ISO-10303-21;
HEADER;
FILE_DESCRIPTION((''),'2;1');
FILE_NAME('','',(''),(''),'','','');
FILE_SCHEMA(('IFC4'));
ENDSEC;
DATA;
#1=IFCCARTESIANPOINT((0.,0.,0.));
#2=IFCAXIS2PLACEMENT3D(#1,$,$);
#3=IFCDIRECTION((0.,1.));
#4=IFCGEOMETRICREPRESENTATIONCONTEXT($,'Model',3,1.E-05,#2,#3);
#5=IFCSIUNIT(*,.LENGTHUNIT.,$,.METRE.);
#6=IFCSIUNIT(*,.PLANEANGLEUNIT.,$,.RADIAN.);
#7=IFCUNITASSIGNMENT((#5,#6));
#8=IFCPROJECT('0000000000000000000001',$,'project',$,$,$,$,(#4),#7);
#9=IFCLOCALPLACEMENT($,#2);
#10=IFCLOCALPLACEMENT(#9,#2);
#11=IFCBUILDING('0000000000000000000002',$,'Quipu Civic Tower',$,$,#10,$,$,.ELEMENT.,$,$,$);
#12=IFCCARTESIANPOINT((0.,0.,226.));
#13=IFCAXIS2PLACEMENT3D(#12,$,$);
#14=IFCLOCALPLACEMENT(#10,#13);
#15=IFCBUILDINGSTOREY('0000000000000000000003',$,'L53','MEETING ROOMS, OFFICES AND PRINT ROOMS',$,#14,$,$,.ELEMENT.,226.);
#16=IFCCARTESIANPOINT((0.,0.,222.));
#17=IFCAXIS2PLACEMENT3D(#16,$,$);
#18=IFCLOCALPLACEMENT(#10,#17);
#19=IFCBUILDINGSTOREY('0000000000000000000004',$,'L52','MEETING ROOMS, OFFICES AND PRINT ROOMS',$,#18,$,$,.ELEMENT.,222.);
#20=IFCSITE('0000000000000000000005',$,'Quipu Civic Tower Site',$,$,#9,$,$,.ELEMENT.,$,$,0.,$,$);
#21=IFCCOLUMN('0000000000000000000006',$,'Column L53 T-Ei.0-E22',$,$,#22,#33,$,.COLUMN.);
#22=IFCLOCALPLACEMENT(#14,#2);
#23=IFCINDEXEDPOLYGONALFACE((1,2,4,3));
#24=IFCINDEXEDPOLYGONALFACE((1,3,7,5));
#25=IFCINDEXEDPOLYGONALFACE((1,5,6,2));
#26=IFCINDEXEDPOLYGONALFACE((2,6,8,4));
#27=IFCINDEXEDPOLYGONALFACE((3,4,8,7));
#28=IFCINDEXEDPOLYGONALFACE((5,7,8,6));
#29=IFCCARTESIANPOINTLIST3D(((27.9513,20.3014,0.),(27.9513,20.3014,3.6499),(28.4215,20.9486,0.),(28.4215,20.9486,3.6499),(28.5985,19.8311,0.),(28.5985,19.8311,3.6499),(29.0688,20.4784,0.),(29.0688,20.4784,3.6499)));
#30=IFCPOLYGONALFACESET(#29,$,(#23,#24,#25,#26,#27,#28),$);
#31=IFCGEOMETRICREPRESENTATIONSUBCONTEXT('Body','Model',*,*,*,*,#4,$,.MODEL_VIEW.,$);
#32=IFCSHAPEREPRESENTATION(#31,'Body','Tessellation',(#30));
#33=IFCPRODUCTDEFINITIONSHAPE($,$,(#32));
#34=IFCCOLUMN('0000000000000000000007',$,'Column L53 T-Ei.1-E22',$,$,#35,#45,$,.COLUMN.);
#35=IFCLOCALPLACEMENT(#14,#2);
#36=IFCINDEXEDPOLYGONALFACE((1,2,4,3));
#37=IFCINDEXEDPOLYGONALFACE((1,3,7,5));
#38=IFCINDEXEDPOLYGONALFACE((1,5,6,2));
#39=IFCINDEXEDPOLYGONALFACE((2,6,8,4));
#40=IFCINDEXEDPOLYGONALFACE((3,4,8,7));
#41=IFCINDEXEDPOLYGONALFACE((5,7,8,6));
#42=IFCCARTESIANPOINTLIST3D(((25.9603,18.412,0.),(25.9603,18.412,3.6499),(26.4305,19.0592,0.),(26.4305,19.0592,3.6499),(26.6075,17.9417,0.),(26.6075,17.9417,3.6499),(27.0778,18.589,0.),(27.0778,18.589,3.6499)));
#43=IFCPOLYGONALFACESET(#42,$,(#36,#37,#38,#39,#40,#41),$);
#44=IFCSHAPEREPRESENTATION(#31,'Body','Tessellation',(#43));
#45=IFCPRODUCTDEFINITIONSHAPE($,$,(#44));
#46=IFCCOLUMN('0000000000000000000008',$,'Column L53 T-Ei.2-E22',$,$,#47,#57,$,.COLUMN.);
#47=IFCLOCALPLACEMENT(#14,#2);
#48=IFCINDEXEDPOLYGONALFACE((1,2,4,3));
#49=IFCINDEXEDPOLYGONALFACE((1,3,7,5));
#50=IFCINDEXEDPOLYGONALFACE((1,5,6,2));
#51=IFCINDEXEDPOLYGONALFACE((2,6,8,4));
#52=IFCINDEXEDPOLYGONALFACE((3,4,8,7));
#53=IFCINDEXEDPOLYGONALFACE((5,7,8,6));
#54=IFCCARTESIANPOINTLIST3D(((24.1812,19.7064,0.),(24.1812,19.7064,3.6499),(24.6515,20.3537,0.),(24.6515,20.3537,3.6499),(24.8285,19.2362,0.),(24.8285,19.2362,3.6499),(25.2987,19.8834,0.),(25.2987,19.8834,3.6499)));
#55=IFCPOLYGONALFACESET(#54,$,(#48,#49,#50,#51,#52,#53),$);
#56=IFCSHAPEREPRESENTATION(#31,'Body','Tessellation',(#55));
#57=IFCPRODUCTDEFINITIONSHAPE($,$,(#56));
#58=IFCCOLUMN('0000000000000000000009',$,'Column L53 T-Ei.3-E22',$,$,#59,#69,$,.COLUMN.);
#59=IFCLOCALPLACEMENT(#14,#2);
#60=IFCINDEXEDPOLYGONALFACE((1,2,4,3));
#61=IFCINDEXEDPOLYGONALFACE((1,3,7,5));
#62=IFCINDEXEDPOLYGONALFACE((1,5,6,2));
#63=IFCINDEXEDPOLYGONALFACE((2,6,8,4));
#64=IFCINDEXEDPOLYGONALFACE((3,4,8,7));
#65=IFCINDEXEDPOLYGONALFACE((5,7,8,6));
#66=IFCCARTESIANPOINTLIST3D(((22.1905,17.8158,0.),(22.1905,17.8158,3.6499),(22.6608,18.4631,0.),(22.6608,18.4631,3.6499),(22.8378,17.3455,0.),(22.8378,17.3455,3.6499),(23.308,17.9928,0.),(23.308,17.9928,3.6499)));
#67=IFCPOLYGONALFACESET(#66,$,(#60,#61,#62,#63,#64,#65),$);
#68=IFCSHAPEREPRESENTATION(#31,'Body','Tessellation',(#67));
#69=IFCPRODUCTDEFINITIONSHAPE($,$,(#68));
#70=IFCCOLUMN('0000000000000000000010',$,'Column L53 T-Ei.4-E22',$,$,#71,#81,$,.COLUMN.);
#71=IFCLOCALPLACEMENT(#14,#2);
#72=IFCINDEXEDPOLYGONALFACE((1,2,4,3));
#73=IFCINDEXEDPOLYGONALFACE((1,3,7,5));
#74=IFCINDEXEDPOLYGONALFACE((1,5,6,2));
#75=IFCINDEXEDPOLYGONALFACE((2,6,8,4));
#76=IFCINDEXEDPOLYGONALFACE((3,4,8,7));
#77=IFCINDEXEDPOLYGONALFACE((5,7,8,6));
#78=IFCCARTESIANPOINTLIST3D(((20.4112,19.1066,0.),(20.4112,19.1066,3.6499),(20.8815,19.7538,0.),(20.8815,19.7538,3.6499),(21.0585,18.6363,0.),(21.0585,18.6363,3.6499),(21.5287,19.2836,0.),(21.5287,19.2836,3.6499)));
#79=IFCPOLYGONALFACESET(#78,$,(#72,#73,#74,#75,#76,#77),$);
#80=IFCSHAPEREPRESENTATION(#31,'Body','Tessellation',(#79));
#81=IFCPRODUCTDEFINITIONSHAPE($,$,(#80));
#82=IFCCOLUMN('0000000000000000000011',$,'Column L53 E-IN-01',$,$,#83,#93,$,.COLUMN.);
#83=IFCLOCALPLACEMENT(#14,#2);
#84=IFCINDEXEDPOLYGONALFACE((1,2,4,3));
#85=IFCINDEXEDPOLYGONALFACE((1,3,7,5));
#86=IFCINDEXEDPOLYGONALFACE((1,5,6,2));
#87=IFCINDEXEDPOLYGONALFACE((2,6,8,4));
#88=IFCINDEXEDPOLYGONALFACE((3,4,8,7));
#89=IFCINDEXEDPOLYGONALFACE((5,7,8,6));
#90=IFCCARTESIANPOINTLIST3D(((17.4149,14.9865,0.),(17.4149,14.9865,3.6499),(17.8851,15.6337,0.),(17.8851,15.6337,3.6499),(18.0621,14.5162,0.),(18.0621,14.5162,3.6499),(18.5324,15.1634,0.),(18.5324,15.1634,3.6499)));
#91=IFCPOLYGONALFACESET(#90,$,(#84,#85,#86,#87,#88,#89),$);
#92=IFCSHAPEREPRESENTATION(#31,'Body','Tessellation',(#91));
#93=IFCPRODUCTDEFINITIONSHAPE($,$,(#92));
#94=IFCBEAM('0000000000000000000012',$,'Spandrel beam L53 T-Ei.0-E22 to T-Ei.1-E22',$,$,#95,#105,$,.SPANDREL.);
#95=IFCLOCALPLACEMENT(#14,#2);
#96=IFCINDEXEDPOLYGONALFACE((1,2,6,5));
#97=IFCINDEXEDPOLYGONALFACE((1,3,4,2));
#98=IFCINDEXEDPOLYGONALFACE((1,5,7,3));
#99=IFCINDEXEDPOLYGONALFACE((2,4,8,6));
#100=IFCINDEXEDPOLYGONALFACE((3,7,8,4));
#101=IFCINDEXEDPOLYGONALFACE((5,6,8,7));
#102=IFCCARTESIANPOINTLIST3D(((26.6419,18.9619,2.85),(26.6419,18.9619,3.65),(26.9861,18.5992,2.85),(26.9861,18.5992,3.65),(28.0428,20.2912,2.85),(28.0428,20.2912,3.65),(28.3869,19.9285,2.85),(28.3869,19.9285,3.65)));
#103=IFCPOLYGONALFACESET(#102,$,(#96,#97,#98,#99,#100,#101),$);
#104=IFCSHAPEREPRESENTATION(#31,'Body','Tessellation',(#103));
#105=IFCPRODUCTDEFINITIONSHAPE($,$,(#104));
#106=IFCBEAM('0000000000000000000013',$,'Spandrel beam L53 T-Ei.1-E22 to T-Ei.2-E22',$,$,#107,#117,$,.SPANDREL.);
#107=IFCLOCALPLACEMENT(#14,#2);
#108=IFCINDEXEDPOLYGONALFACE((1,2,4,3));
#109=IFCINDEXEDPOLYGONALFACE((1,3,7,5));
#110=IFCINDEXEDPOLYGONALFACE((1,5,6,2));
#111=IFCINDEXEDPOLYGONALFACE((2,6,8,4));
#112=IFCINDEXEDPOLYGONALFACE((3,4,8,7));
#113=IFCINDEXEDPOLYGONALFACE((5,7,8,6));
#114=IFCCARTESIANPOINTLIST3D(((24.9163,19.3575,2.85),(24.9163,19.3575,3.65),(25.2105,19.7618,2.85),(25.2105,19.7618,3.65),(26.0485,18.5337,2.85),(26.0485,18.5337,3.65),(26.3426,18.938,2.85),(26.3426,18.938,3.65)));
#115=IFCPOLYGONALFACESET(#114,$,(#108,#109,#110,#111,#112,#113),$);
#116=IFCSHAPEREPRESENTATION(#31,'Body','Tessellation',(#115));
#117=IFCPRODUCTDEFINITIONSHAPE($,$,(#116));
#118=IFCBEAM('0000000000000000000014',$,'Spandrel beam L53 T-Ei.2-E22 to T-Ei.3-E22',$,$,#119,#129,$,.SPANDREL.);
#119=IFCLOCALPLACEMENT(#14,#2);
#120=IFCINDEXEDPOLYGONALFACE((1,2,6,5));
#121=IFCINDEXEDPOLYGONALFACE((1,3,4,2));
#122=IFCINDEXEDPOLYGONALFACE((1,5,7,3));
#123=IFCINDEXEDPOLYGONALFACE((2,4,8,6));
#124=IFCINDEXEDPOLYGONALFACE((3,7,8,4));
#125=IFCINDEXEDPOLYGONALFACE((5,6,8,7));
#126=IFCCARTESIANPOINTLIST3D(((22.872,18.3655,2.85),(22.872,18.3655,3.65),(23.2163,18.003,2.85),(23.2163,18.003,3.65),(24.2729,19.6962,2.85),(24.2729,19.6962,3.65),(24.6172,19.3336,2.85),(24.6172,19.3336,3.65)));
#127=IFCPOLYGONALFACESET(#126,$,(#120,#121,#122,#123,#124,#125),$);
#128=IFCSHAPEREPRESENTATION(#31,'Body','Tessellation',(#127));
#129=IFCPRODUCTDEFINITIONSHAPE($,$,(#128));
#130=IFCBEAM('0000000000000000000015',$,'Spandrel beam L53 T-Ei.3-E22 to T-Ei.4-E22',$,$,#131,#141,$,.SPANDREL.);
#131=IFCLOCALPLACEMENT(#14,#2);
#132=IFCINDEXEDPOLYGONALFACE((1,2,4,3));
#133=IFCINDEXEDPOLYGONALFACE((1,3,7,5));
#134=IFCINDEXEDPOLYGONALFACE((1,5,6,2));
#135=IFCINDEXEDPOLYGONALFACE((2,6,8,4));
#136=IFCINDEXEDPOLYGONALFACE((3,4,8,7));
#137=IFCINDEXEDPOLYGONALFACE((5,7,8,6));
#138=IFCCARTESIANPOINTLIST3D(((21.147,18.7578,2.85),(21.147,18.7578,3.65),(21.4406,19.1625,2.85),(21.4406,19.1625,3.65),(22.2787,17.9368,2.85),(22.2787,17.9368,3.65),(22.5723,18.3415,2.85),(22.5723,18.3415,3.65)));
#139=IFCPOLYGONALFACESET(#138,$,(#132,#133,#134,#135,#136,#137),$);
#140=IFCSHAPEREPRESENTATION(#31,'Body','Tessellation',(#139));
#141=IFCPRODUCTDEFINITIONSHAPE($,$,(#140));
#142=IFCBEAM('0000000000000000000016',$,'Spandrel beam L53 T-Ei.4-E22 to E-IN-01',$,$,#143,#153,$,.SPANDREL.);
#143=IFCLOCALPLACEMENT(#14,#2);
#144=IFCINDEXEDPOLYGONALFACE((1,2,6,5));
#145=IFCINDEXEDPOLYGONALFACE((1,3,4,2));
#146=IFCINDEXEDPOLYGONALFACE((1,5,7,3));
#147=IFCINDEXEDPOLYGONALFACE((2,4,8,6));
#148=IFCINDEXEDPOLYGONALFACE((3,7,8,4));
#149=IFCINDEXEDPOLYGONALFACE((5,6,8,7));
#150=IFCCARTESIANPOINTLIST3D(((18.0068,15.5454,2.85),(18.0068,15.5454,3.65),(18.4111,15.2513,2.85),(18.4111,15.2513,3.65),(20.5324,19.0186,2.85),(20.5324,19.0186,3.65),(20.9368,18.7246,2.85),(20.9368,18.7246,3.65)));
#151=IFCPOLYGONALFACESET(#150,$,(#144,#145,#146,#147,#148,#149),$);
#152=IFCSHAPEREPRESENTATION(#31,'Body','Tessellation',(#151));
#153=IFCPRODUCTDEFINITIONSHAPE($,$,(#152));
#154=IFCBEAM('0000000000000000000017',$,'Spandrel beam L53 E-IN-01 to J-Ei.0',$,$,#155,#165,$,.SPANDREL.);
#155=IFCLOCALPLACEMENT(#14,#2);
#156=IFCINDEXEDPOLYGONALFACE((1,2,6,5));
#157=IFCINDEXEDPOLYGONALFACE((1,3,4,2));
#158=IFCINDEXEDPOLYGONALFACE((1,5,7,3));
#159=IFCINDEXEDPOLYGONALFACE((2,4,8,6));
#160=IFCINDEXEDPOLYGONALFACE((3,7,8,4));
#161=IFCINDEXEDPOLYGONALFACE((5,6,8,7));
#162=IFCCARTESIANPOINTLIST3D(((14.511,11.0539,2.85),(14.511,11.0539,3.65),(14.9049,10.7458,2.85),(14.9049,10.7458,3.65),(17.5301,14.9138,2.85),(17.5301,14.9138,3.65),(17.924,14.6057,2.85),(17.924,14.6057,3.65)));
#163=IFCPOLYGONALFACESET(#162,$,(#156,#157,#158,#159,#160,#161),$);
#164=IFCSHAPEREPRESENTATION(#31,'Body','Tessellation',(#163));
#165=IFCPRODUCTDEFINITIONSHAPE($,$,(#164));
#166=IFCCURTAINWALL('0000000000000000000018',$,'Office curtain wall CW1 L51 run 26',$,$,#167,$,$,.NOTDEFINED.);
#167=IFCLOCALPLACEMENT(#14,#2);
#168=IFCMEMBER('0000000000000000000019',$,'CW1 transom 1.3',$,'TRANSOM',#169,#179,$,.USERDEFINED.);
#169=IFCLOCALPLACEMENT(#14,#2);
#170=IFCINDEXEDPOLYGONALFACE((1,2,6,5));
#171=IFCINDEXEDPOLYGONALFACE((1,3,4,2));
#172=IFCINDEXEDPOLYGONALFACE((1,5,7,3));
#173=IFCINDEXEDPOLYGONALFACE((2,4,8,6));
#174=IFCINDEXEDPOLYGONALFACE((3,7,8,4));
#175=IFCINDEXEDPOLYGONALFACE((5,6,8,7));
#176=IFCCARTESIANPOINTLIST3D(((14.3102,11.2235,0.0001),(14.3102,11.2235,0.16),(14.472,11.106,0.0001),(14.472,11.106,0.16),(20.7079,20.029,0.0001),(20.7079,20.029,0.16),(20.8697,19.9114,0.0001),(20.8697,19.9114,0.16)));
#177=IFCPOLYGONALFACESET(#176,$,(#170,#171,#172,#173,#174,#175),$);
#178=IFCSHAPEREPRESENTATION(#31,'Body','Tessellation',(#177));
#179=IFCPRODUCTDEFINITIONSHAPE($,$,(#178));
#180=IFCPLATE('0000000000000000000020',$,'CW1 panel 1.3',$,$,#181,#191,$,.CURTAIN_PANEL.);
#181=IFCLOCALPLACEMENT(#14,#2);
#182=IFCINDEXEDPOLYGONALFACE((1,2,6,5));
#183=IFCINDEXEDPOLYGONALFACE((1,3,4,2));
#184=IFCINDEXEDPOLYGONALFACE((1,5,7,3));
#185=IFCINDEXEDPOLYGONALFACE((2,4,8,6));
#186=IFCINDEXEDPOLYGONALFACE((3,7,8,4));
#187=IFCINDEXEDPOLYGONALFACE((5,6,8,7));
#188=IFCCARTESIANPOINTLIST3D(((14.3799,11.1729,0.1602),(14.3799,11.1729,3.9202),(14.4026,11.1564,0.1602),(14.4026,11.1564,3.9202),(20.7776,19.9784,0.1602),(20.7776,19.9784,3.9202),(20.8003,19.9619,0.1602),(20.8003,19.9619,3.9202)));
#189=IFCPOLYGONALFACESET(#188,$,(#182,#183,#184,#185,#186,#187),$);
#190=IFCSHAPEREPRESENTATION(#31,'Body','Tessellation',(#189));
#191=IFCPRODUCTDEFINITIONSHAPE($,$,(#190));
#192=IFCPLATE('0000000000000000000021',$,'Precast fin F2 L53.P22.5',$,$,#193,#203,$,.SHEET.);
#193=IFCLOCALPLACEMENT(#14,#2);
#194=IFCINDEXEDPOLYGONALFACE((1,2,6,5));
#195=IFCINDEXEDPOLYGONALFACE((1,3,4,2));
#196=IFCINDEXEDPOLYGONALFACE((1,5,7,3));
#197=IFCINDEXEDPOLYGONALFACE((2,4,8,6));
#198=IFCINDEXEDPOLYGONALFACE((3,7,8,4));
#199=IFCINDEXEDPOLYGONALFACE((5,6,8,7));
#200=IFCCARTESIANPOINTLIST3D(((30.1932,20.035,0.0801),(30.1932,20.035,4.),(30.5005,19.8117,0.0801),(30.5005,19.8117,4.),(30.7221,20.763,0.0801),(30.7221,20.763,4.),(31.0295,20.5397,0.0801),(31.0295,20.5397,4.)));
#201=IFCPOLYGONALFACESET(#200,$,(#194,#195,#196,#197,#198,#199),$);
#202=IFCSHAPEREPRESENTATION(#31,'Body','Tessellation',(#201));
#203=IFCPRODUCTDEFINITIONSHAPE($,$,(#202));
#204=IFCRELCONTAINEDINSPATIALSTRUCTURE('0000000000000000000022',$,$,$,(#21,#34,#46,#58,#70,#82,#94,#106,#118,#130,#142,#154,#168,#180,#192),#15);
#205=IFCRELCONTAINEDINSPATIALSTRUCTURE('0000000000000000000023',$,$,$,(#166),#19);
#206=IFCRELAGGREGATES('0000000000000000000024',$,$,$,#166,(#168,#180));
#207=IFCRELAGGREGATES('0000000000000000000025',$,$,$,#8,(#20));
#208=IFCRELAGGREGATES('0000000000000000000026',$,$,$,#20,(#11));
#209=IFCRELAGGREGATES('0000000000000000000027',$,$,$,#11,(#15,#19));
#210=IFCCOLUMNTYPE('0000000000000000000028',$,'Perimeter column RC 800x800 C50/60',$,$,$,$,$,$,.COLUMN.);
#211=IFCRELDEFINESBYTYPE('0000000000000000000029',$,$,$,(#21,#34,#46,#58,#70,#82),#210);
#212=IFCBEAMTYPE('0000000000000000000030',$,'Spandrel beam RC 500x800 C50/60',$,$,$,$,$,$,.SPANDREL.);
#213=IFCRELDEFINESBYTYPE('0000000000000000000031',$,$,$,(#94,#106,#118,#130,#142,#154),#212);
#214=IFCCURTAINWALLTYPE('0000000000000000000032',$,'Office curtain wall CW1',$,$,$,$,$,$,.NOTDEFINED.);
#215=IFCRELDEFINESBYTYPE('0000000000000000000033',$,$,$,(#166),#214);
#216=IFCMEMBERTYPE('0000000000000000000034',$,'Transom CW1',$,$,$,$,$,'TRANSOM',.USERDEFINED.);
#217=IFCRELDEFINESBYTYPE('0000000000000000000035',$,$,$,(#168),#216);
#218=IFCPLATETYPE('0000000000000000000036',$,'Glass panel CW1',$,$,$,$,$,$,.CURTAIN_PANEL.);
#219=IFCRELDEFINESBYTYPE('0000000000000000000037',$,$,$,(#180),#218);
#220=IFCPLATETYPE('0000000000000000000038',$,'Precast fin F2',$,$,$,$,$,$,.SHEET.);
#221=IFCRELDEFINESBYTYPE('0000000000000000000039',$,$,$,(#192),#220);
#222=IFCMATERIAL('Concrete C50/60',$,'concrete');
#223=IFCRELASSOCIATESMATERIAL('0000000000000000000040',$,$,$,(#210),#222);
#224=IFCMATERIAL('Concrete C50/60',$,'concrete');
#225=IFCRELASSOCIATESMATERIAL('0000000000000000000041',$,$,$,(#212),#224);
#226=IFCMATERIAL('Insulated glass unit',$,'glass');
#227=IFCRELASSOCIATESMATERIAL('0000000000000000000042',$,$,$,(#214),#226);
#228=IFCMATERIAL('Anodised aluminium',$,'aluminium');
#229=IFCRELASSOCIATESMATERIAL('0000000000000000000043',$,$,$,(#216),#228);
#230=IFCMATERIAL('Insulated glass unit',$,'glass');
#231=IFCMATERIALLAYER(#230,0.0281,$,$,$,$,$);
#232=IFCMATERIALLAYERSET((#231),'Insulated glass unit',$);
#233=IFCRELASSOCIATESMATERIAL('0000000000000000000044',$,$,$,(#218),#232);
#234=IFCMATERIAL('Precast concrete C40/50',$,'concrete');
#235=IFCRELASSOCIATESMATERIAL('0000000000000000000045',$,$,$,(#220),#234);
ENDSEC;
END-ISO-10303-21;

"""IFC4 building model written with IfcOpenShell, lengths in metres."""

from ifc_helpers import new_model, si_unit, direction, frame, origin, origin_2d, place, context, subcontext, project, spatial, rectangle, extrude, material, layer, layer_set, material_profile, profile_set, type_object, element, aggregate, save


model = new_model("IFC4")

# Units and contexts
model_context = context("Model", 3, precision=1e-05, world=origin(), true_north=direction((0.0, 1.0)))
body_context = subcontext(model_context, "Body", "Model", "MODEL_VIEW")
ifc_project = project(units=[si_unit("LENGTHUNIT", "METRE"), si_unit("PLANEANGLEUNIT", "RADIAN")], contexts=[model_context])

# Site, building, storey
site_placement = place(None, origin())
site = spatial("IfcSite", under=ifc_project, at=site_placement, Name="Quipu Civic Tower Site", CompositionType="ELEMENT", RefElevation=0.0)
building_placement = place(site_placement, origin())
building = spatial("IfcBuilding", under=site, at=building_placement, Name="Quipu Civic Tower", CompositionType="ELEMENT")
storey_1_placement = place(building_placement, frame((0.0, 0.0, 226.0)))
storey_1 = spatial("IfcBuildingStorey", under=building, at=storey_1_placement, Name="L53", Description="MEETING ROOMS, OFFICES AND PRINT ROOMS", CompositionType="ELEMENT", Elevation=226.0)

# Columns
ifc_material_1 = material(Name="Concrete C50/60", Category="concrete")
ifc_material_profile_1 = material_profile(ifc_material_1, rectangle(XDim=0.8, YDim=0.8, at=origin_2d()), Name="RC800x800")
ifc_profile_set_1 = profile_set([ifc_material_profile_1], Name="Concrete C50/60")
column_type = type_object("IfcColumnType", Name="Perimeter column RC 800x800 C50/60", PredefinedType="COLUMN", material=ifc_profile_set_1)
for number, where, z_axis, x_axis, name in (
    (1, (28.51, 20.3899, 0.0), (0.0, 0.0, 1.0), (-0.587785, -0.809017, 0.0), "Column L53 T-Ei.0-E22"),
    (2, (26.519, 18.5005, 0.0), (0.0, 0.0, 1.0), (-0.809017, 0.587785, 0.0), "Column L53 T-Ei.1-E22"),
    (3, (24.74, 19.7949, 0.0), (0.0, 0.0, 1.0), (-0.587785, -0.809017, 0.0), "Column L53 T-Ei.2-E22"),
    (4, (22.7493, 17.9043, 0.0), (0.0, 0.0, 1.0), (-0.587785, -0.809017, 0.0), "Column L53 T-Ei.3-E22"),
    (5, (20.97, 19.1951, 0.0), (0.0, 0.0, 1.0), (-0.587785, -0.809017, 0.0), "Column L53 T-Ei.4-E22"),
    (6, (17.9736, 15.075, 0.0), (0.0, 0.0, 1.0), (-0.587785, -0.809017, 0.0), "Column L53 E-IN-01"),
):
    element("IfcColumn", number, at=place(storey_1_placement, frame(where, z_axis=z_axis, x_axis=x_axis)), inside=storey_1, type_object=column_type, Name=name, PredefinedType="COLUMN", context=body_context, shape_type="SweptSolid", body=[
        extrude(rectangle(XDim=0.8, YDim=0.8, at=origin_2d()), origin(), (0.0, 0.0, 1.0), 3.6499),
    ])

# Beams
ifc_material_2 = material(Name="Concrete C50/60", Category="concrete")
ifc_material_profile_2 = material_profile(ifc_material_2, rectangle(XDim=0.5, YDim=0.8, at=origin_2d()), Name="RC500x800")
ifc_profile_set_2 = profile_set([ifc_material_profile_2], Name="Concrete C50/60")
beam_type = type_object("IfcBeamType", Name="Spandrel beam RC 500x800 C50/60", PredefinedType="SPANDREL", material=ifc_profile_set_2)
beam_1_placement = place(storey_1_placement, frame((28.2148, 20.1099, 3.25), z_axis=(-0.725384, -0.688344, 0.0), x_axis=(0.688344, -0.725384, 0.0)))
element("IfcBeam", 7, at=beam_1_placement, inside=storey_1, type_object=beam_type, Name="Spandrel beam L53 T-Ei.0-E22 to T-Ei.1-E22", PredefinedType="SPANDREL", context=body_context, shape_type="SweptSolid", body=[
    extrude(rectangle(XDim=0.5, YDim=0.8, at=origin_2d()), origin(), (0.0, 0.0, 1.0), 1.9312),
])
beam_2_placement = place(storey_1_placement, frame((26.1956, 18.7358, 3.25), z_axis=(-0.8086, 0.588358, 0.0), x_axis=(-0.588358, -0.8086, 0.0)))
element("IfcBeam", 8, at=beam_2_placement, inside=storey_1, type_object=beam_type, Name="Spandrel beam L53 T-Ei.1-E22 to T-Ei.2-E22", PredefinedType="SPANDREL", context=body_context, shape_type="SweptSolid", body=[
    extrude(rectangle(XDim=0.5, YDim=0.8, at=origin_2d()), origin(), (0.0, 0.0, 1.0), 1.4001),
])
beam_3_placement = place(storey_1_placement, frame((24.4451, 19.5149, 3.25), z_axis=(-0.725069, -0.688676, 0.0), x_axis=(0.688676, -0.725069, 0.0)))
element("IfcBeam", 9, at=beam_3_placement, inside=storey_1, type_object=beam_type, Name="Spandrel beam L53 T-Ei.2-E22 to T-Ei.3-E22", PredefinedType="SPANDREL", context=body_context, shape_type="SweptSolid", body=[
    extrude(rectangle(XDim=0.5, YDim=0.8, at=origin_2d()), origin(), (0.0, 0.0, 1.0), 1.9321),
])
beam_4_placement = place(storey_1_placement, frame((22.4255, 18.1392, 3.25), z_axis=(-0.809453, 0.587185, 0.0), x_axis=(-0.587185, -0.809453, 0.0)))
element("IfcBeam", 10, at=beam_4_placement, inside=storey_1, type_object=beam_type, Name="Spandrel beam L53 T-Ei.3-E22 to T-Ei.4-E22", PredefinedType="SPANDREL", context=body_context, shape_type="SweptSolid", body=[
    extrude(rectangle(XDim=0.5, YDim=0.8, at=origin_2d()), origin(), (0.0, 0.0, 1.0), 1.3982),
])
beam_5_placement = place(storey_1_placement, frame((20.7346, 18.8716, 3.25), z_axis=(-0.588128, -0.808768, 0.0), x_axis=(0.808768, -0.588128, 0.0)))
element("IfcBeam", 11, at=beam_5_placement, inside=storey_1, type_object=beam_type, Name="Spandrel beam L53 T-Ei.4-E22 to E-IN-01", PredefinedType="SPANDREL", context=body_context, shape_type="SweptSolid", body=[
    extrude(rectangle(XDim=0.5, YDim=0.8, at=origin_2d()), origin(), (0.0, 0.0, 1.0), 4.2944),
])
beam_6_placement = place(storey_1_placement, frame((17.7271, 14.7598, 3.25), z_axis=(-0.616091, -0.787675, 0.0), x_axis=(0.787675, -0.616091, 0.0)))
element("IfcBeam", 12, at=beam_6_placement, inside=storey_1, type_object=beam_type, Name="Spandrel beam L53 E-IN-01 to J-Ei.0", PredefinedType="SPANDREL", context=body_context, shape_type="SweptSolid", body=[
    extrude(rectangle(XDim=0.5, YDim=0.8, at=origin_2d()), origin(), (0.0, 0.0, 1.0), 4.9004),
])

# Shared definitions
storey_2_placement = place(building_placement, frame((0.0, 0.0, 222.0)))
storey_2 = spatial("IfcBuildingStorey", under=building, at=storey_2_placement, Name="L52", Description="MEETING ROOMS, OFFICES AND PRINT ROOMS", CompositionType="ELEMENT", Elevation=222.0)

# Curtain wall, member, plate
ifc_material_3 = material(Name="Insulated glass unit", Category="glass")
curtain_wall_type = type_object("IfcCurtainWallType", Name="Office curtain wall CW1", PredefinedType="NOTDEFINED", material=ifc_material_3)
curtain_wall_placement = place(storey_2_placement, origin())
curtain_wall = element("IfcCurtainWall", 13, at=curtain_wall_placement, inside=storey_2, type_object=curtain_wall_type, Name="Office curtain wall CW1 L51 run 26", PredefinedType="NOTDEFINED")
ifc_material_4 = material(Name="Anodised aluminium", Category="aluminium")
ifc_material_profile_3 = material_profile(ifc_material_4, rectangle(XDim=0.2, YDim=0.1599, at=origin_2d()), Name="RECT 200x160")
ifc_profile_set_3 = profile_set([ifc_material_profile_3], Name="Anodised aluminium")
member_type = type_object("IfcMemberType", Name="Transom CW1", ElementType="TRANSOM", PredefinedType="USERDEFINED", material=ifc_profile_set_3)
member_placement = place(storey_1_placement, frame((20.7888, 19.9702, 0.0801), z_axis=(-0.587797, -0.809009, 0.0), x_axis=(0.809009, -0.587797, 0.0)))
member = element("IfcMember", 14, at=member_placement, inside=storey_1, type_object=member_type, Name="CW1 transom 1.3", ObjectType="TRANSOM", PredefinedType="USERDEFINED", context=body_context, shape_type="SweptSolid", body=[
    extrude(rectangle(XDim=0.2, YDim=0.1599, at=origin_2d()), origin(), (0.0, 0.0, 1.0), 10.8843),
])
ifc_material_5 = material(Name="Insulated glass unit", Category="glass")
ifc_layer = layer(ifc_material_5, 0.0281)
ifc_layer_set = layer_set([ifc_layer], Name="Insulated glass unit")
plate_type_1 = type_object("IfcPlateType", Name="Glass panel CW1", PredefinedType="CURTAIN_PANEL", material=ifc_layer_set)
plate_placement = place(storey_1_placement, frame((17.5901, 15.5674, 0.1602), z_axis=(0.0, 0.0, 1.0), x_axis=(-0.587788, -0.809015, 0.0)))
plate = element("IfcPlate", 15, at=plate_placement, inside=storey_1, type_object=plate_type_1, Name="CW1 panel 1.3", PredefinedType="CURTAIN_PANEL", context=body_context, shape_type="SweptSolid", body=[
    extrude(rectangle(XDim=10.8843, YDim=0.0281, at=origin_2d()), origin(), (0.0, 0.0, 1.0), 3.76),
])
aggregate(curtain_wall, [member, plate])

# Plate
ifc_material_6 = material(Name="Precast concrete C40/50", Category="concrete")
plate_type_2 = type_object("IfcPlateType", Name="Precast fin F2", PredefinedType="SHEET", material=ifc_material_6)
for number, where, z_axis, x_axis, name in (
    (16, (30.6113, 20.2874, 0.0801), (0.0, 0.0, 1.0), (-0.809017, 0.587785, 0.0), "Precast fin F2 L53.P22.5"),
):
    element("IfcPlate", number, at=place(storey_1_placement, frame(where, z_axis=z_axis, x_axis=x_axis)), inside=storey_1, type_object=plate_type_2, Name=name, PredefinedType="SHEET", context=body_context, shape_type="SweptSolid", body=[
        extrude(rectangle(XDim=0.3799, YDim=0.8999, at=origin_2d()), origin(), (0.0, 0.0, 1.0), 3.9199),
    ])

save(model, "model.ifc")
